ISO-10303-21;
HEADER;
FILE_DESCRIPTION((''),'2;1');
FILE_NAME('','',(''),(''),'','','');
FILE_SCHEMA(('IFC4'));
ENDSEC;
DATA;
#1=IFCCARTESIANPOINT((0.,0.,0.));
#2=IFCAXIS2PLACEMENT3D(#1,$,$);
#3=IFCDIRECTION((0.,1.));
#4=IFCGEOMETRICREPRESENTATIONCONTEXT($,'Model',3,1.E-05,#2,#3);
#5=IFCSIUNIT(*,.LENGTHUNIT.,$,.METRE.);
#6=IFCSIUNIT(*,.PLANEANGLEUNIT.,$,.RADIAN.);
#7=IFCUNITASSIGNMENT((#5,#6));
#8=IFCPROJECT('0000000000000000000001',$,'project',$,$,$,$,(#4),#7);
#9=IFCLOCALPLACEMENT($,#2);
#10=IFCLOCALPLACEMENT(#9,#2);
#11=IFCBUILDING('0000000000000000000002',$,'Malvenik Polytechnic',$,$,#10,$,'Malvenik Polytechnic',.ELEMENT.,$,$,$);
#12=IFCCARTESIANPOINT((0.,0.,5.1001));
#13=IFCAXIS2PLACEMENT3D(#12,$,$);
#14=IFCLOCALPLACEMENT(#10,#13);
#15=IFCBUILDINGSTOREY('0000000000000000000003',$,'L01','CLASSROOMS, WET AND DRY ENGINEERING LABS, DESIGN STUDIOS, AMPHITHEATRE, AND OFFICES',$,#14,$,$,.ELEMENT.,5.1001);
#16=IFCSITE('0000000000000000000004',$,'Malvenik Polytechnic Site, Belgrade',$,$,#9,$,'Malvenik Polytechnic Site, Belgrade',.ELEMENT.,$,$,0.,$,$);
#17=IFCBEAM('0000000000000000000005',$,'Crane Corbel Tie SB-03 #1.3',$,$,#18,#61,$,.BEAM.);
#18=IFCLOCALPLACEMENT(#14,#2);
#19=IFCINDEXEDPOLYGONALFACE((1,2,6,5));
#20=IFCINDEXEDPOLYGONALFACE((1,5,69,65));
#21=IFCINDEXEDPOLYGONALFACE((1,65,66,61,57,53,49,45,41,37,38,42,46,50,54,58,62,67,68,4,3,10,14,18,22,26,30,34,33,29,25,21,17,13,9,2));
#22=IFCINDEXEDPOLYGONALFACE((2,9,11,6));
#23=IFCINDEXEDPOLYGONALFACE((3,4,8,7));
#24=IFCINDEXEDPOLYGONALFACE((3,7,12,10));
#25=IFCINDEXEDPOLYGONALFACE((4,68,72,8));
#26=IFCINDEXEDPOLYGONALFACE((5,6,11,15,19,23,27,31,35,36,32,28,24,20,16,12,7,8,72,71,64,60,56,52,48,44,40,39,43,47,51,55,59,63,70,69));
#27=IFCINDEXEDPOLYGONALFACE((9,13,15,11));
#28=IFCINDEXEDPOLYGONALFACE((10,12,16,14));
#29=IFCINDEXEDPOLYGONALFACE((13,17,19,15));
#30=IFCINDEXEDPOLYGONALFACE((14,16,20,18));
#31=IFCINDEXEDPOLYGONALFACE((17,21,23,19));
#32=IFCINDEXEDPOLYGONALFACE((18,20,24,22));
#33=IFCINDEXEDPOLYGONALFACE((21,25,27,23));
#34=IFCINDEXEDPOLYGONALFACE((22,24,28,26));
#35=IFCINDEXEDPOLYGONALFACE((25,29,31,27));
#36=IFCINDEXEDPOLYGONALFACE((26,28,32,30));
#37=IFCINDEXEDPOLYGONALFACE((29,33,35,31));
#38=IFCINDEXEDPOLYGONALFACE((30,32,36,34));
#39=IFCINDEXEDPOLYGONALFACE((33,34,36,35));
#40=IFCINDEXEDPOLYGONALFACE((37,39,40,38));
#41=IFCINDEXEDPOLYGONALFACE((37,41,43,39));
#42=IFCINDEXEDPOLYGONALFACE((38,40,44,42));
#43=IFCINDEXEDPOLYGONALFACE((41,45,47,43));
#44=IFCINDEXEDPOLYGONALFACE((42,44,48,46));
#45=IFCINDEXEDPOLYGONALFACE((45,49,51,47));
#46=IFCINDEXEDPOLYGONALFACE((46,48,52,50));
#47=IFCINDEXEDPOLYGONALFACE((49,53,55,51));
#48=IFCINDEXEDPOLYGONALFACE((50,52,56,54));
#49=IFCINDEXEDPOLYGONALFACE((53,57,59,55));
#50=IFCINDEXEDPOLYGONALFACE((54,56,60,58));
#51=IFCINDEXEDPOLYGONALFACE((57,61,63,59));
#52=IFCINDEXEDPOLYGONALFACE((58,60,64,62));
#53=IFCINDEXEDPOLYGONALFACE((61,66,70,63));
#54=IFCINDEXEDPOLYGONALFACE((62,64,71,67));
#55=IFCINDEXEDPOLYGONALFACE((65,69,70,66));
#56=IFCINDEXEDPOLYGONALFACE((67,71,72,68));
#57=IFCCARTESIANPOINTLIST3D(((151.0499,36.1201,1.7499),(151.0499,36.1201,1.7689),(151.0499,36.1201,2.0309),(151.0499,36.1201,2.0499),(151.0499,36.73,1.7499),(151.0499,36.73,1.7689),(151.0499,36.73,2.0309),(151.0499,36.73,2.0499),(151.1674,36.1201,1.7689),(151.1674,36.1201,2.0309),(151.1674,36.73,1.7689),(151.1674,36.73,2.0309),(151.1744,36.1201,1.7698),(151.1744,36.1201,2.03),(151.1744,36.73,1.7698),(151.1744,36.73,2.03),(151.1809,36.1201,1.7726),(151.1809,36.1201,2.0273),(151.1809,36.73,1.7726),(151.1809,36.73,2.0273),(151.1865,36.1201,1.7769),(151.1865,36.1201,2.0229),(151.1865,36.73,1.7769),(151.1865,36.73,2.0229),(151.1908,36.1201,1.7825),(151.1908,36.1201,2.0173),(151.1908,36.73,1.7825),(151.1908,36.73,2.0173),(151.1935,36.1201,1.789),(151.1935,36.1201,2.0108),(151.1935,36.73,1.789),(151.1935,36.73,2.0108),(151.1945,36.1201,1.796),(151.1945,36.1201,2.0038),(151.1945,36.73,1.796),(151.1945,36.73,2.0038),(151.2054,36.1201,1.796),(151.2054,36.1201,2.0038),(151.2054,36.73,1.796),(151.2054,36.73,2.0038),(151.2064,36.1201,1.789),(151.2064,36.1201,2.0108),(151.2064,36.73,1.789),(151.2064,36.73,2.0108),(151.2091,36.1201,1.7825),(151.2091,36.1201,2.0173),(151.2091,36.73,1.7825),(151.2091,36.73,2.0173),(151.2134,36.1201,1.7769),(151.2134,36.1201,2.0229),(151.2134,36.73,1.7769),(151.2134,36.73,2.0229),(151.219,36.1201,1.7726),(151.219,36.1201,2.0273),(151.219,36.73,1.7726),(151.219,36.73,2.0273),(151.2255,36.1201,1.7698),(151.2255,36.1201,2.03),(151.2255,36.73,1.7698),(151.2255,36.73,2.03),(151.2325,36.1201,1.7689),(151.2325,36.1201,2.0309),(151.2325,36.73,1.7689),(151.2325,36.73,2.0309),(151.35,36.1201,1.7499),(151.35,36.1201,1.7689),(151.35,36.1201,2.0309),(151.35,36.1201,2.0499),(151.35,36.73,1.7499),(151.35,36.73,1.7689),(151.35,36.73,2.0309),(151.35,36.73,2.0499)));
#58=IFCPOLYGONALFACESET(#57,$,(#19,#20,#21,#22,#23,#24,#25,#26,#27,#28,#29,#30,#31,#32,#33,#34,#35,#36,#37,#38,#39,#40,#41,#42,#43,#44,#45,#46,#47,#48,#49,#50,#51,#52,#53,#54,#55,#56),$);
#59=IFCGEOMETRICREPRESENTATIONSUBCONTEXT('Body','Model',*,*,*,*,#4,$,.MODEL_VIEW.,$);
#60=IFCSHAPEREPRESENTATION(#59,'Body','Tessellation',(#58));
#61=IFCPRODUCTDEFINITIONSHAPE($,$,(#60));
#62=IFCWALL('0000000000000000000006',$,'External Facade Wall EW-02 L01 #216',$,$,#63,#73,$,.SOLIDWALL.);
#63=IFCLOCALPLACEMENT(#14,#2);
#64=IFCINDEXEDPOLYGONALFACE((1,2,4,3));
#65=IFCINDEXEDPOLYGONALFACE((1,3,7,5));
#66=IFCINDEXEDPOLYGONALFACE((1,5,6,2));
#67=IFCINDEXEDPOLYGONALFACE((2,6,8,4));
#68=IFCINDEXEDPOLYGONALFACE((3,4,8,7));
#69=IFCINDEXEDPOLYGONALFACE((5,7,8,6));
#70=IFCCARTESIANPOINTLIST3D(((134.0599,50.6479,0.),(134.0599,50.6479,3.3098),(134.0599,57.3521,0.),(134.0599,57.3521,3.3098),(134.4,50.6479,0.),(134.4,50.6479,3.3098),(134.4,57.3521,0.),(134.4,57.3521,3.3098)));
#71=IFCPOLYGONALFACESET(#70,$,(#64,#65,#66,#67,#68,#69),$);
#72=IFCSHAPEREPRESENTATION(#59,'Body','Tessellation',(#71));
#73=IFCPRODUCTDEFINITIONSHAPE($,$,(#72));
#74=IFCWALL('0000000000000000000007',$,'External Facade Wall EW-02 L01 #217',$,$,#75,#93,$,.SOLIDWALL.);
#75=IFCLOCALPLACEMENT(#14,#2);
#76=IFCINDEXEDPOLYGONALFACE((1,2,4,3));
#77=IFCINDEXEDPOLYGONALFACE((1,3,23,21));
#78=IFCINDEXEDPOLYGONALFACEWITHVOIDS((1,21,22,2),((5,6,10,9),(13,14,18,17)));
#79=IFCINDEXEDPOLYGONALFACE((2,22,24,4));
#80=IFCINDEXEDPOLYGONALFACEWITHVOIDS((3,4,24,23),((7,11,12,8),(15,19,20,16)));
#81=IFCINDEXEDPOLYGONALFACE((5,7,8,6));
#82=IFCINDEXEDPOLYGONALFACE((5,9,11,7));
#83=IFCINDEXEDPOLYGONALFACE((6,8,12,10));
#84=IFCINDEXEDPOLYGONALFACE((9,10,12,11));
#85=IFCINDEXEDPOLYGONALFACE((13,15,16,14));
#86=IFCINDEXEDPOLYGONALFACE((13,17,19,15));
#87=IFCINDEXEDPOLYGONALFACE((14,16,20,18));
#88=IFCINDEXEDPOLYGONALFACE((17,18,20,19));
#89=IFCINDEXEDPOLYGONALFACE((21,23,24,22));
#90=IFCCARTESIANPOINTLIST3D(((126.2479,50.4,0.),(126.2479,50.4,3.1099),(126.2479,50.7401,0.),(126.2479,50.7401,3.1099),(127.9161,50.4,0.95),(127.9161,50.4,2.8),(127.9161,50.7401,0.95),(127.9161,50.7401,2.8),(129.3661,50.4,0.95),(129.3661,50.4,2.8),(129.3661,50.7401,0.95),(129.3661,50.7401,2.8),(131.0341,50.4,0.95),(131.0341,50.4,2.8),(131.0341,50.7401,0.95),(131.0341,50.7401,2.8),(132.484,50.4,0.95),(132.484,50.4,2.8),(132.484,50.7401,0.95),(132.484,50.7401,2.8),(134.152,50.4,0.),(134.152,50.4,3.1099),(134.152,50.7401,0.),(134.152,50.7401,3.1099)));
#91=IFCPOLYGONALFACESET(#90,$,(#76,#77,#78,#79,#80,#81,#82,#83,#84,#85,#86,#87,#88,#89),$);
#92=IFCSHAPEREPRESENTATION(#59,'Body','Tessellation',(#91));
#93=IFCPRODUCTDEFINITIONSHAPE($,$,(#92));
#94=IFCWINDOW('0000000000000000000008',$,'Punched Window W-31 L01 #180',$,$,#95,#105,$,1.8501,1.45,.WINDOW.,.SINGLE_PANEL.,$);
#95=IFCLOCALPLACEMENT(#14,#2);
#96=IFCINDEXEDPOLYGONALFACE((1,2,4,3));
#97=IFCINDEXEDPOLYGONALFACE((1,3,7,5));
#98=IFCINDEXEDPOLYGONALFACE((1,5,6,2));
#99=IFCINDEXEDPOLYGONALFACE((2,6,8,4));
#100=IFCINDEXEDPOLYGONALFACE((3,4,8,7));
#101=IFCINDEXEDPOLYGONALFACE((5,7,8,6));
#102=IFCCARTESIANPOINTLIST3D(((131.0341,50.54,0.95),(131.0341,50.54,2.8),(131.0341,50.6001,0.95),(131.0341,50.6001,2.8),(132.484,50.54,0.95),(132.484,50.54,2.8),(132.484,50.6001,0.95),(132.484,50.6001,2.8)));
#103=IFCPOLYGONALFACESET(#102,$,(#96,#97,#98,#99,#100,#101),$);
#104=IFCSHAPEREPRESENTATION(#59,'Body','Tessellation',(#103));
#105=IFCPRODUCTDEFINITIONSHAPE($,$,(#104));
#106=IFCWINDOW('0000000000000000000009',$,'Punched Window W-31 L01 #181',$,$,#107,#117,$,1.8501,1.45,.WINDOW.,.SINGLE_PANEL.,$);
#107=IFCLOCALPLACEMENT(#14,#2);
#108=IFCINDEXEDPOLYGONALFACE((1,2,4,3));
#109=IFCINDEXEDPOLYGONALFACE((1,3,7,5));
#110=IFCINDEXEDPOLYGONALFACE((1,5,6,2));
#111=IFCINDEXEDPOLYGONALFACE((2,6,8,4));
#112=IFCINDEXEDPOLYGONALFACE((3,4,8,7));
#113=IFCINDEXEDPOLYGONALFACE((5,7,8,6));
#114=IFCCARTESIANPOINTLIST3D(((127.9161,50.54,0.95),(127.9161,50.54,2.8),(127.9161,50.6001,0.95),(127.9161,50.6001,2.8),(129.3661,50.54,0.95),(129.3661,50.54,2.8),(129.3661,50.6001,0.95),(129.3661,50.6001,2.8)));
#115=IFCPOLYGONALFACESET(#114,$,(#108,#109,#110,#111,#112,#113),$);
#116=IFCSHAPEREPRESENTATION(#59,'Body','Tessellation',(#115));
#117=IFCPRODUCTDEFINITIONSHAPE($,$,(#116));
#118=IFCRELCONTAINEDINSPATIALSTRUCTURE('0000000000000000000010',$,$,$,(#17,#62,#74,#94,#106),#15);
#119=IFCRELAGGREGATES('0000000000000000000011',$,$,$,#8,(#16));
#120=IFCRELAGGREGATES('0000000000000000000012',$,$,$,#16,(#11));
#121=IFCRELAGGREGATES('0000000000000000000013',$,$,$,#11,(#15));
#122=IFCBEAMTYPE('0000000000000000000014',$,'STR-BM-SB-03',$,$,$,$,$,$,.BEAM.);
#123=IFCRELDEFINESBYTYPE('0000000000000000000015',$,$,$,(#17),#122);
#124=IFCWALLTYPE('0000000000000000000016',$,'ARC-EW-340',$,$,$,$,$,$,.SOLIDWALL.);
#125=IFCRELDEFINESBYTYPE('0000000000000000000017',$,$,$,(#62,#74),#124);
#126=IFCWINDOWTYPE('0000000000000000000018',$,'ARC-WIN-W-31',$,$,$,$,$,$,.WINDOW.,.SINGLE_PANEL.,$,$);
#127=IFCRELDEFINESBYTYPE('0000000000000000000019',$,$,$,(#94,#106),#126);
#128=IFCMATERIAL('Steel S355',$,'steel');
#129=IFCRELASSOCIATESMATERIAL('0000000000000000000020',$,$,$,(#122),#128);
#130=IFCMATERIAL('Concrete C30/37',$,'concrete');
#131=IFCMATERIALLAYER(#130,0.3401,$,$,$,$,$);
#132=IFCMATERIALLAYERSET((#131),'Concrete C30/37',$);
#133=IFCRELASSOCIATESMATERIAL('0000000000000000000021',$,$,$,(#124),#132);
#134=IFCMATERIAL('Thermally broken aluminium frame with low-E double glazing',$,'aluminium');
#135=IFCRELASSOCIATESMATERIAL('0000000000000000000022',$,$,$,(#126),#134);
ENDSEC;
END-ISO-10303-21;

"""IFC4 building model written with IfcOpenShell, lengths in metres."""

from ifc_helpers import new_model, si_unit, direction, frame, frame_2d, origin, origin_2d, place, context, subcontext, project, spatial, rectangle, i_section, extrude, material, layer, layer_set, material_profile, profile_set, type_object, element, fill, save


model = new_model("IFC4")

# Units and contexts
model_context = context("Model", 3, precision=1e-05, world=origin(), true_north=direction((0.0, 1.0)))
body_context = subcontext(model_context, "Body", "Model", "MODEL_VIEW")
ifc_project = project(units=[si_unit("LENGTHUNIT", "METRE"), si_unit("PLANEANGLEUNIT", "RADIAN")], contexts=[model_context])

# Site, building, storey
site_placement = place(None, origin())
site = spatial("IfcSite", under=ifc_project, at=site_placement, Name="Malvenik Polytechnic Site, Belgrade", LongName="Malvenik Polytechnic Site, Belgrade", CompositionType="ELEMENT", RefElevation=0.0)
building_placement = place(site_placement, origin())
building = spatial("IfcBuilding", under=site, at=building_placement, Name="Malvenik Polytechnic", LongName="Malvenik Polytechnic", CompositionType="ELEMENT")
storey_placement = place(building_placement, frame((0.0, 0.0, 5.1001)))
storey = spatial("IfcBuildingStorey", under=building, at=storey_placement, Name="L01", Description="CLASSROOMS, WET AND DRY ENGINEERING LABS, DESIGN STUDIOS, AMPHITHEATRE, AND OFFICES", CompositionType="ELEMENT", Elevation=5.1001)

# Shared definitions
ifc_material_1 = material(Name="Steel S355", Category="steel")

# Beam
ifc_material_2 = material(Name="Concrete C30/37", Category="concrete")
ifc_material_profile_1 = material_profile(ifc_material_1, i_section(OverallWidth=0.3, OverallDepth=0.3, WebThickness=0.011, FlangeThickness=0.019, FilletRadius=0.0271, at=origin_2d()), Name="HEB 300")
ifc_profile_set_1 = profile_set([ifc_material_profile_1], Name="Steel S355")
beam_type_1 = type_object("IfcBeamType", Name="STR-BM-SB-03", PredefinedType="BEAM", material=ifc_profile_set_1)
for number, where, z_axis, x_axis, name in (
    (1, (151.2, 36.1201, 1.8999), (0.0, 1.0, 0.0), (-1.0, 0.0, 0.0), "Crane Corbel Tie SB-03 #1.3"),
):
    element("IfcBeam", number, at=place(storey_placement, frame(where, z_axis=z_axis, x_axis=x_axis)), inside=storey, type_object=beam_type_1, Name=name, PredefinedType="BEAM", context=body_context, shape_type="SweptSolid", body=[
        extrude(i_section(OverallWidth=0.3, OverallDepth=0.3, WebThickness=0.011, FlangeThickness=0.019, FilletRadius=0.0271, at=origin_2d()), origin(), (0.0, 0.0, 1.0), 0.6099),
    ])

# Wall
ifc_layer = layer(ifc_material_2, 0.3401)
ifc_layer_set = layer_set([ifc_layer], Name="Concrete C30/37")
wall_type = type_object("IfcWallType", Name="ARC-EW-340", PredefinedType="SOLIDWALL", material=ifc_layer_set)
wall_1_placement = place(storey_placement, frame((134.23, 57.3521, 0.0), z_axis=(0.0, 0.0, 1.0), x_axis=(0.0, -1.0, 0.0)))
element("IfcWall", 2, at=wall_1_placement, inside=storey, type_object=wall_type, Name="External Facade Wall EW-02 L01 #216", PredefinedType="SOLIDWALL", context=body_context, shape_type="SweptSolid", body=[
    extrude(rectangle(XDim=6.7041, YDim=0.3401, at=frame_2d((3.3521, 0.0))), origin(), (0.0, 0.0, 1.0), 3.3098),
])

# Wall, openings, windows
wall_2_placement = place(storey_placement, frame((134.1521, 50.5701, 0.0), z_axis=(0.0, 0.0, 1.0), x_axis=(-1.0, 0.0, 0.0)))
wall_2 = element("IfcWall", 3, at=wall_2_placement, inside=storey, type_object=wall_type, Name="External Facade Wall EW-02 L01 #217", PredefinedType="SOLIDWALL", context=body_context, shape_type="SweptSolid", body=[
    extrude(rectangle(XDim=7.9041, YDim=0.3401, at=frame_2d((3.9521, 0.0))), origin(), (0.0, 0.0, 1.0), 3.1099),
])
opening_1_placement = place(wall_2_placement, frame((1.668, 0.0, 0.95)))
opening_1 = element("IfcOpeningElement", 4, at=opening_1_placement, cuts=wall_2, PredefinedType="OPENING", context=body_context, shape_type="SweptSolid", body=[
    extrude(rectangle(XDim=1.45, YDim=1.8501, at=frame_2d((0.7251, 0.925))), frame((0.0, 0.1802, 0.0), z_axis=(0.0, -1.0, 0.0), x_axis=(1.0, 0.0, 0.0)), (0.0, 0.0, 1.0), 0.3601),
])
opening_2_placement = place(wall_2_placement, frame((4.7859, 0.0, 0.95)))
opening_2 = element("IfcOpeningElement", 5, at=opening_2_placement, cuts=wall_2, PredefinedType="OPENING", context=body_context, shape_type="SweptSolid", body=[
    extrude(rectangle(XDim=1.45, YDim=1.8501, at=frame_2d((0.7251, 0.925))), frame((0.0, 0.1802, 0.0), z_axis=(0.0, -1.0, 0.0), x_axis=(1.0, 0.0, 0.0)), (0.0, 0.0, 1.0), 0.3601),
])
ifc_material_3 = material(Name="Thermally broken aluminium frame with low-E double glazing", Category="aluminium")
window_type = type_object("IfcWindowType", Name="ARC-WIN-W-31", PartitioningType="SINGLE_PANEL", PredefinedType="WINDOW", material=ifc_material_3)
window_1_placement = place(opening_1_placement, origin())
window_1 = element("IfcWindow", 6, at=window_1_placement, inside=storey, type_object=window_type, Name="Punched Window W-31 L01 #180", OverallHeight=1.8501, OverallWidth=1.45, PartitioningType="SINGLE_PANEL", PredefinedType="WINDOW", context=body_context, shape_type="SweptSolid", body=[
    extrude(rectangle(XDim=1.45, YDim=1.8501, at=frame_2d((0.7251, 0.925))), frame((0.0, 0.03, 0.0), z_axis=(0.0, -1.0, 0.0), x_axis=(1.0, 0.0, 0.0)), (0.0, 0.0, 1.0), 0.0601),
])
fill(opening_1, window_1)
window_2_placement = place(opening_2_placement, origin())
window_2 = element("IfcWindow", 7, at=window_2_placement, inside=storey, type_object=window_type, Name="Punched Window W-31 L01 #181", OverallHeight=1.8501, OverallWidth=1.45, PartitioningType="SINGLE_PANEL", PredefinedType="WINDOW", context=body_context, shape_type="SweptSolid", body=[
    extrude(rectangle(XDim=1.45, YDim=1.8501, at=frame_2d((0.7251, 0.925))), frame((0.0, 0.03, 0.0), z_axis=(0.0, -1.0, 0.0), x_axis=(1.0, 0.0, 0.0)), (0.0, 0.0, 1.0), 0.0601),
])
fill(opening_2, window_2)

save(model, "model.ifc")
